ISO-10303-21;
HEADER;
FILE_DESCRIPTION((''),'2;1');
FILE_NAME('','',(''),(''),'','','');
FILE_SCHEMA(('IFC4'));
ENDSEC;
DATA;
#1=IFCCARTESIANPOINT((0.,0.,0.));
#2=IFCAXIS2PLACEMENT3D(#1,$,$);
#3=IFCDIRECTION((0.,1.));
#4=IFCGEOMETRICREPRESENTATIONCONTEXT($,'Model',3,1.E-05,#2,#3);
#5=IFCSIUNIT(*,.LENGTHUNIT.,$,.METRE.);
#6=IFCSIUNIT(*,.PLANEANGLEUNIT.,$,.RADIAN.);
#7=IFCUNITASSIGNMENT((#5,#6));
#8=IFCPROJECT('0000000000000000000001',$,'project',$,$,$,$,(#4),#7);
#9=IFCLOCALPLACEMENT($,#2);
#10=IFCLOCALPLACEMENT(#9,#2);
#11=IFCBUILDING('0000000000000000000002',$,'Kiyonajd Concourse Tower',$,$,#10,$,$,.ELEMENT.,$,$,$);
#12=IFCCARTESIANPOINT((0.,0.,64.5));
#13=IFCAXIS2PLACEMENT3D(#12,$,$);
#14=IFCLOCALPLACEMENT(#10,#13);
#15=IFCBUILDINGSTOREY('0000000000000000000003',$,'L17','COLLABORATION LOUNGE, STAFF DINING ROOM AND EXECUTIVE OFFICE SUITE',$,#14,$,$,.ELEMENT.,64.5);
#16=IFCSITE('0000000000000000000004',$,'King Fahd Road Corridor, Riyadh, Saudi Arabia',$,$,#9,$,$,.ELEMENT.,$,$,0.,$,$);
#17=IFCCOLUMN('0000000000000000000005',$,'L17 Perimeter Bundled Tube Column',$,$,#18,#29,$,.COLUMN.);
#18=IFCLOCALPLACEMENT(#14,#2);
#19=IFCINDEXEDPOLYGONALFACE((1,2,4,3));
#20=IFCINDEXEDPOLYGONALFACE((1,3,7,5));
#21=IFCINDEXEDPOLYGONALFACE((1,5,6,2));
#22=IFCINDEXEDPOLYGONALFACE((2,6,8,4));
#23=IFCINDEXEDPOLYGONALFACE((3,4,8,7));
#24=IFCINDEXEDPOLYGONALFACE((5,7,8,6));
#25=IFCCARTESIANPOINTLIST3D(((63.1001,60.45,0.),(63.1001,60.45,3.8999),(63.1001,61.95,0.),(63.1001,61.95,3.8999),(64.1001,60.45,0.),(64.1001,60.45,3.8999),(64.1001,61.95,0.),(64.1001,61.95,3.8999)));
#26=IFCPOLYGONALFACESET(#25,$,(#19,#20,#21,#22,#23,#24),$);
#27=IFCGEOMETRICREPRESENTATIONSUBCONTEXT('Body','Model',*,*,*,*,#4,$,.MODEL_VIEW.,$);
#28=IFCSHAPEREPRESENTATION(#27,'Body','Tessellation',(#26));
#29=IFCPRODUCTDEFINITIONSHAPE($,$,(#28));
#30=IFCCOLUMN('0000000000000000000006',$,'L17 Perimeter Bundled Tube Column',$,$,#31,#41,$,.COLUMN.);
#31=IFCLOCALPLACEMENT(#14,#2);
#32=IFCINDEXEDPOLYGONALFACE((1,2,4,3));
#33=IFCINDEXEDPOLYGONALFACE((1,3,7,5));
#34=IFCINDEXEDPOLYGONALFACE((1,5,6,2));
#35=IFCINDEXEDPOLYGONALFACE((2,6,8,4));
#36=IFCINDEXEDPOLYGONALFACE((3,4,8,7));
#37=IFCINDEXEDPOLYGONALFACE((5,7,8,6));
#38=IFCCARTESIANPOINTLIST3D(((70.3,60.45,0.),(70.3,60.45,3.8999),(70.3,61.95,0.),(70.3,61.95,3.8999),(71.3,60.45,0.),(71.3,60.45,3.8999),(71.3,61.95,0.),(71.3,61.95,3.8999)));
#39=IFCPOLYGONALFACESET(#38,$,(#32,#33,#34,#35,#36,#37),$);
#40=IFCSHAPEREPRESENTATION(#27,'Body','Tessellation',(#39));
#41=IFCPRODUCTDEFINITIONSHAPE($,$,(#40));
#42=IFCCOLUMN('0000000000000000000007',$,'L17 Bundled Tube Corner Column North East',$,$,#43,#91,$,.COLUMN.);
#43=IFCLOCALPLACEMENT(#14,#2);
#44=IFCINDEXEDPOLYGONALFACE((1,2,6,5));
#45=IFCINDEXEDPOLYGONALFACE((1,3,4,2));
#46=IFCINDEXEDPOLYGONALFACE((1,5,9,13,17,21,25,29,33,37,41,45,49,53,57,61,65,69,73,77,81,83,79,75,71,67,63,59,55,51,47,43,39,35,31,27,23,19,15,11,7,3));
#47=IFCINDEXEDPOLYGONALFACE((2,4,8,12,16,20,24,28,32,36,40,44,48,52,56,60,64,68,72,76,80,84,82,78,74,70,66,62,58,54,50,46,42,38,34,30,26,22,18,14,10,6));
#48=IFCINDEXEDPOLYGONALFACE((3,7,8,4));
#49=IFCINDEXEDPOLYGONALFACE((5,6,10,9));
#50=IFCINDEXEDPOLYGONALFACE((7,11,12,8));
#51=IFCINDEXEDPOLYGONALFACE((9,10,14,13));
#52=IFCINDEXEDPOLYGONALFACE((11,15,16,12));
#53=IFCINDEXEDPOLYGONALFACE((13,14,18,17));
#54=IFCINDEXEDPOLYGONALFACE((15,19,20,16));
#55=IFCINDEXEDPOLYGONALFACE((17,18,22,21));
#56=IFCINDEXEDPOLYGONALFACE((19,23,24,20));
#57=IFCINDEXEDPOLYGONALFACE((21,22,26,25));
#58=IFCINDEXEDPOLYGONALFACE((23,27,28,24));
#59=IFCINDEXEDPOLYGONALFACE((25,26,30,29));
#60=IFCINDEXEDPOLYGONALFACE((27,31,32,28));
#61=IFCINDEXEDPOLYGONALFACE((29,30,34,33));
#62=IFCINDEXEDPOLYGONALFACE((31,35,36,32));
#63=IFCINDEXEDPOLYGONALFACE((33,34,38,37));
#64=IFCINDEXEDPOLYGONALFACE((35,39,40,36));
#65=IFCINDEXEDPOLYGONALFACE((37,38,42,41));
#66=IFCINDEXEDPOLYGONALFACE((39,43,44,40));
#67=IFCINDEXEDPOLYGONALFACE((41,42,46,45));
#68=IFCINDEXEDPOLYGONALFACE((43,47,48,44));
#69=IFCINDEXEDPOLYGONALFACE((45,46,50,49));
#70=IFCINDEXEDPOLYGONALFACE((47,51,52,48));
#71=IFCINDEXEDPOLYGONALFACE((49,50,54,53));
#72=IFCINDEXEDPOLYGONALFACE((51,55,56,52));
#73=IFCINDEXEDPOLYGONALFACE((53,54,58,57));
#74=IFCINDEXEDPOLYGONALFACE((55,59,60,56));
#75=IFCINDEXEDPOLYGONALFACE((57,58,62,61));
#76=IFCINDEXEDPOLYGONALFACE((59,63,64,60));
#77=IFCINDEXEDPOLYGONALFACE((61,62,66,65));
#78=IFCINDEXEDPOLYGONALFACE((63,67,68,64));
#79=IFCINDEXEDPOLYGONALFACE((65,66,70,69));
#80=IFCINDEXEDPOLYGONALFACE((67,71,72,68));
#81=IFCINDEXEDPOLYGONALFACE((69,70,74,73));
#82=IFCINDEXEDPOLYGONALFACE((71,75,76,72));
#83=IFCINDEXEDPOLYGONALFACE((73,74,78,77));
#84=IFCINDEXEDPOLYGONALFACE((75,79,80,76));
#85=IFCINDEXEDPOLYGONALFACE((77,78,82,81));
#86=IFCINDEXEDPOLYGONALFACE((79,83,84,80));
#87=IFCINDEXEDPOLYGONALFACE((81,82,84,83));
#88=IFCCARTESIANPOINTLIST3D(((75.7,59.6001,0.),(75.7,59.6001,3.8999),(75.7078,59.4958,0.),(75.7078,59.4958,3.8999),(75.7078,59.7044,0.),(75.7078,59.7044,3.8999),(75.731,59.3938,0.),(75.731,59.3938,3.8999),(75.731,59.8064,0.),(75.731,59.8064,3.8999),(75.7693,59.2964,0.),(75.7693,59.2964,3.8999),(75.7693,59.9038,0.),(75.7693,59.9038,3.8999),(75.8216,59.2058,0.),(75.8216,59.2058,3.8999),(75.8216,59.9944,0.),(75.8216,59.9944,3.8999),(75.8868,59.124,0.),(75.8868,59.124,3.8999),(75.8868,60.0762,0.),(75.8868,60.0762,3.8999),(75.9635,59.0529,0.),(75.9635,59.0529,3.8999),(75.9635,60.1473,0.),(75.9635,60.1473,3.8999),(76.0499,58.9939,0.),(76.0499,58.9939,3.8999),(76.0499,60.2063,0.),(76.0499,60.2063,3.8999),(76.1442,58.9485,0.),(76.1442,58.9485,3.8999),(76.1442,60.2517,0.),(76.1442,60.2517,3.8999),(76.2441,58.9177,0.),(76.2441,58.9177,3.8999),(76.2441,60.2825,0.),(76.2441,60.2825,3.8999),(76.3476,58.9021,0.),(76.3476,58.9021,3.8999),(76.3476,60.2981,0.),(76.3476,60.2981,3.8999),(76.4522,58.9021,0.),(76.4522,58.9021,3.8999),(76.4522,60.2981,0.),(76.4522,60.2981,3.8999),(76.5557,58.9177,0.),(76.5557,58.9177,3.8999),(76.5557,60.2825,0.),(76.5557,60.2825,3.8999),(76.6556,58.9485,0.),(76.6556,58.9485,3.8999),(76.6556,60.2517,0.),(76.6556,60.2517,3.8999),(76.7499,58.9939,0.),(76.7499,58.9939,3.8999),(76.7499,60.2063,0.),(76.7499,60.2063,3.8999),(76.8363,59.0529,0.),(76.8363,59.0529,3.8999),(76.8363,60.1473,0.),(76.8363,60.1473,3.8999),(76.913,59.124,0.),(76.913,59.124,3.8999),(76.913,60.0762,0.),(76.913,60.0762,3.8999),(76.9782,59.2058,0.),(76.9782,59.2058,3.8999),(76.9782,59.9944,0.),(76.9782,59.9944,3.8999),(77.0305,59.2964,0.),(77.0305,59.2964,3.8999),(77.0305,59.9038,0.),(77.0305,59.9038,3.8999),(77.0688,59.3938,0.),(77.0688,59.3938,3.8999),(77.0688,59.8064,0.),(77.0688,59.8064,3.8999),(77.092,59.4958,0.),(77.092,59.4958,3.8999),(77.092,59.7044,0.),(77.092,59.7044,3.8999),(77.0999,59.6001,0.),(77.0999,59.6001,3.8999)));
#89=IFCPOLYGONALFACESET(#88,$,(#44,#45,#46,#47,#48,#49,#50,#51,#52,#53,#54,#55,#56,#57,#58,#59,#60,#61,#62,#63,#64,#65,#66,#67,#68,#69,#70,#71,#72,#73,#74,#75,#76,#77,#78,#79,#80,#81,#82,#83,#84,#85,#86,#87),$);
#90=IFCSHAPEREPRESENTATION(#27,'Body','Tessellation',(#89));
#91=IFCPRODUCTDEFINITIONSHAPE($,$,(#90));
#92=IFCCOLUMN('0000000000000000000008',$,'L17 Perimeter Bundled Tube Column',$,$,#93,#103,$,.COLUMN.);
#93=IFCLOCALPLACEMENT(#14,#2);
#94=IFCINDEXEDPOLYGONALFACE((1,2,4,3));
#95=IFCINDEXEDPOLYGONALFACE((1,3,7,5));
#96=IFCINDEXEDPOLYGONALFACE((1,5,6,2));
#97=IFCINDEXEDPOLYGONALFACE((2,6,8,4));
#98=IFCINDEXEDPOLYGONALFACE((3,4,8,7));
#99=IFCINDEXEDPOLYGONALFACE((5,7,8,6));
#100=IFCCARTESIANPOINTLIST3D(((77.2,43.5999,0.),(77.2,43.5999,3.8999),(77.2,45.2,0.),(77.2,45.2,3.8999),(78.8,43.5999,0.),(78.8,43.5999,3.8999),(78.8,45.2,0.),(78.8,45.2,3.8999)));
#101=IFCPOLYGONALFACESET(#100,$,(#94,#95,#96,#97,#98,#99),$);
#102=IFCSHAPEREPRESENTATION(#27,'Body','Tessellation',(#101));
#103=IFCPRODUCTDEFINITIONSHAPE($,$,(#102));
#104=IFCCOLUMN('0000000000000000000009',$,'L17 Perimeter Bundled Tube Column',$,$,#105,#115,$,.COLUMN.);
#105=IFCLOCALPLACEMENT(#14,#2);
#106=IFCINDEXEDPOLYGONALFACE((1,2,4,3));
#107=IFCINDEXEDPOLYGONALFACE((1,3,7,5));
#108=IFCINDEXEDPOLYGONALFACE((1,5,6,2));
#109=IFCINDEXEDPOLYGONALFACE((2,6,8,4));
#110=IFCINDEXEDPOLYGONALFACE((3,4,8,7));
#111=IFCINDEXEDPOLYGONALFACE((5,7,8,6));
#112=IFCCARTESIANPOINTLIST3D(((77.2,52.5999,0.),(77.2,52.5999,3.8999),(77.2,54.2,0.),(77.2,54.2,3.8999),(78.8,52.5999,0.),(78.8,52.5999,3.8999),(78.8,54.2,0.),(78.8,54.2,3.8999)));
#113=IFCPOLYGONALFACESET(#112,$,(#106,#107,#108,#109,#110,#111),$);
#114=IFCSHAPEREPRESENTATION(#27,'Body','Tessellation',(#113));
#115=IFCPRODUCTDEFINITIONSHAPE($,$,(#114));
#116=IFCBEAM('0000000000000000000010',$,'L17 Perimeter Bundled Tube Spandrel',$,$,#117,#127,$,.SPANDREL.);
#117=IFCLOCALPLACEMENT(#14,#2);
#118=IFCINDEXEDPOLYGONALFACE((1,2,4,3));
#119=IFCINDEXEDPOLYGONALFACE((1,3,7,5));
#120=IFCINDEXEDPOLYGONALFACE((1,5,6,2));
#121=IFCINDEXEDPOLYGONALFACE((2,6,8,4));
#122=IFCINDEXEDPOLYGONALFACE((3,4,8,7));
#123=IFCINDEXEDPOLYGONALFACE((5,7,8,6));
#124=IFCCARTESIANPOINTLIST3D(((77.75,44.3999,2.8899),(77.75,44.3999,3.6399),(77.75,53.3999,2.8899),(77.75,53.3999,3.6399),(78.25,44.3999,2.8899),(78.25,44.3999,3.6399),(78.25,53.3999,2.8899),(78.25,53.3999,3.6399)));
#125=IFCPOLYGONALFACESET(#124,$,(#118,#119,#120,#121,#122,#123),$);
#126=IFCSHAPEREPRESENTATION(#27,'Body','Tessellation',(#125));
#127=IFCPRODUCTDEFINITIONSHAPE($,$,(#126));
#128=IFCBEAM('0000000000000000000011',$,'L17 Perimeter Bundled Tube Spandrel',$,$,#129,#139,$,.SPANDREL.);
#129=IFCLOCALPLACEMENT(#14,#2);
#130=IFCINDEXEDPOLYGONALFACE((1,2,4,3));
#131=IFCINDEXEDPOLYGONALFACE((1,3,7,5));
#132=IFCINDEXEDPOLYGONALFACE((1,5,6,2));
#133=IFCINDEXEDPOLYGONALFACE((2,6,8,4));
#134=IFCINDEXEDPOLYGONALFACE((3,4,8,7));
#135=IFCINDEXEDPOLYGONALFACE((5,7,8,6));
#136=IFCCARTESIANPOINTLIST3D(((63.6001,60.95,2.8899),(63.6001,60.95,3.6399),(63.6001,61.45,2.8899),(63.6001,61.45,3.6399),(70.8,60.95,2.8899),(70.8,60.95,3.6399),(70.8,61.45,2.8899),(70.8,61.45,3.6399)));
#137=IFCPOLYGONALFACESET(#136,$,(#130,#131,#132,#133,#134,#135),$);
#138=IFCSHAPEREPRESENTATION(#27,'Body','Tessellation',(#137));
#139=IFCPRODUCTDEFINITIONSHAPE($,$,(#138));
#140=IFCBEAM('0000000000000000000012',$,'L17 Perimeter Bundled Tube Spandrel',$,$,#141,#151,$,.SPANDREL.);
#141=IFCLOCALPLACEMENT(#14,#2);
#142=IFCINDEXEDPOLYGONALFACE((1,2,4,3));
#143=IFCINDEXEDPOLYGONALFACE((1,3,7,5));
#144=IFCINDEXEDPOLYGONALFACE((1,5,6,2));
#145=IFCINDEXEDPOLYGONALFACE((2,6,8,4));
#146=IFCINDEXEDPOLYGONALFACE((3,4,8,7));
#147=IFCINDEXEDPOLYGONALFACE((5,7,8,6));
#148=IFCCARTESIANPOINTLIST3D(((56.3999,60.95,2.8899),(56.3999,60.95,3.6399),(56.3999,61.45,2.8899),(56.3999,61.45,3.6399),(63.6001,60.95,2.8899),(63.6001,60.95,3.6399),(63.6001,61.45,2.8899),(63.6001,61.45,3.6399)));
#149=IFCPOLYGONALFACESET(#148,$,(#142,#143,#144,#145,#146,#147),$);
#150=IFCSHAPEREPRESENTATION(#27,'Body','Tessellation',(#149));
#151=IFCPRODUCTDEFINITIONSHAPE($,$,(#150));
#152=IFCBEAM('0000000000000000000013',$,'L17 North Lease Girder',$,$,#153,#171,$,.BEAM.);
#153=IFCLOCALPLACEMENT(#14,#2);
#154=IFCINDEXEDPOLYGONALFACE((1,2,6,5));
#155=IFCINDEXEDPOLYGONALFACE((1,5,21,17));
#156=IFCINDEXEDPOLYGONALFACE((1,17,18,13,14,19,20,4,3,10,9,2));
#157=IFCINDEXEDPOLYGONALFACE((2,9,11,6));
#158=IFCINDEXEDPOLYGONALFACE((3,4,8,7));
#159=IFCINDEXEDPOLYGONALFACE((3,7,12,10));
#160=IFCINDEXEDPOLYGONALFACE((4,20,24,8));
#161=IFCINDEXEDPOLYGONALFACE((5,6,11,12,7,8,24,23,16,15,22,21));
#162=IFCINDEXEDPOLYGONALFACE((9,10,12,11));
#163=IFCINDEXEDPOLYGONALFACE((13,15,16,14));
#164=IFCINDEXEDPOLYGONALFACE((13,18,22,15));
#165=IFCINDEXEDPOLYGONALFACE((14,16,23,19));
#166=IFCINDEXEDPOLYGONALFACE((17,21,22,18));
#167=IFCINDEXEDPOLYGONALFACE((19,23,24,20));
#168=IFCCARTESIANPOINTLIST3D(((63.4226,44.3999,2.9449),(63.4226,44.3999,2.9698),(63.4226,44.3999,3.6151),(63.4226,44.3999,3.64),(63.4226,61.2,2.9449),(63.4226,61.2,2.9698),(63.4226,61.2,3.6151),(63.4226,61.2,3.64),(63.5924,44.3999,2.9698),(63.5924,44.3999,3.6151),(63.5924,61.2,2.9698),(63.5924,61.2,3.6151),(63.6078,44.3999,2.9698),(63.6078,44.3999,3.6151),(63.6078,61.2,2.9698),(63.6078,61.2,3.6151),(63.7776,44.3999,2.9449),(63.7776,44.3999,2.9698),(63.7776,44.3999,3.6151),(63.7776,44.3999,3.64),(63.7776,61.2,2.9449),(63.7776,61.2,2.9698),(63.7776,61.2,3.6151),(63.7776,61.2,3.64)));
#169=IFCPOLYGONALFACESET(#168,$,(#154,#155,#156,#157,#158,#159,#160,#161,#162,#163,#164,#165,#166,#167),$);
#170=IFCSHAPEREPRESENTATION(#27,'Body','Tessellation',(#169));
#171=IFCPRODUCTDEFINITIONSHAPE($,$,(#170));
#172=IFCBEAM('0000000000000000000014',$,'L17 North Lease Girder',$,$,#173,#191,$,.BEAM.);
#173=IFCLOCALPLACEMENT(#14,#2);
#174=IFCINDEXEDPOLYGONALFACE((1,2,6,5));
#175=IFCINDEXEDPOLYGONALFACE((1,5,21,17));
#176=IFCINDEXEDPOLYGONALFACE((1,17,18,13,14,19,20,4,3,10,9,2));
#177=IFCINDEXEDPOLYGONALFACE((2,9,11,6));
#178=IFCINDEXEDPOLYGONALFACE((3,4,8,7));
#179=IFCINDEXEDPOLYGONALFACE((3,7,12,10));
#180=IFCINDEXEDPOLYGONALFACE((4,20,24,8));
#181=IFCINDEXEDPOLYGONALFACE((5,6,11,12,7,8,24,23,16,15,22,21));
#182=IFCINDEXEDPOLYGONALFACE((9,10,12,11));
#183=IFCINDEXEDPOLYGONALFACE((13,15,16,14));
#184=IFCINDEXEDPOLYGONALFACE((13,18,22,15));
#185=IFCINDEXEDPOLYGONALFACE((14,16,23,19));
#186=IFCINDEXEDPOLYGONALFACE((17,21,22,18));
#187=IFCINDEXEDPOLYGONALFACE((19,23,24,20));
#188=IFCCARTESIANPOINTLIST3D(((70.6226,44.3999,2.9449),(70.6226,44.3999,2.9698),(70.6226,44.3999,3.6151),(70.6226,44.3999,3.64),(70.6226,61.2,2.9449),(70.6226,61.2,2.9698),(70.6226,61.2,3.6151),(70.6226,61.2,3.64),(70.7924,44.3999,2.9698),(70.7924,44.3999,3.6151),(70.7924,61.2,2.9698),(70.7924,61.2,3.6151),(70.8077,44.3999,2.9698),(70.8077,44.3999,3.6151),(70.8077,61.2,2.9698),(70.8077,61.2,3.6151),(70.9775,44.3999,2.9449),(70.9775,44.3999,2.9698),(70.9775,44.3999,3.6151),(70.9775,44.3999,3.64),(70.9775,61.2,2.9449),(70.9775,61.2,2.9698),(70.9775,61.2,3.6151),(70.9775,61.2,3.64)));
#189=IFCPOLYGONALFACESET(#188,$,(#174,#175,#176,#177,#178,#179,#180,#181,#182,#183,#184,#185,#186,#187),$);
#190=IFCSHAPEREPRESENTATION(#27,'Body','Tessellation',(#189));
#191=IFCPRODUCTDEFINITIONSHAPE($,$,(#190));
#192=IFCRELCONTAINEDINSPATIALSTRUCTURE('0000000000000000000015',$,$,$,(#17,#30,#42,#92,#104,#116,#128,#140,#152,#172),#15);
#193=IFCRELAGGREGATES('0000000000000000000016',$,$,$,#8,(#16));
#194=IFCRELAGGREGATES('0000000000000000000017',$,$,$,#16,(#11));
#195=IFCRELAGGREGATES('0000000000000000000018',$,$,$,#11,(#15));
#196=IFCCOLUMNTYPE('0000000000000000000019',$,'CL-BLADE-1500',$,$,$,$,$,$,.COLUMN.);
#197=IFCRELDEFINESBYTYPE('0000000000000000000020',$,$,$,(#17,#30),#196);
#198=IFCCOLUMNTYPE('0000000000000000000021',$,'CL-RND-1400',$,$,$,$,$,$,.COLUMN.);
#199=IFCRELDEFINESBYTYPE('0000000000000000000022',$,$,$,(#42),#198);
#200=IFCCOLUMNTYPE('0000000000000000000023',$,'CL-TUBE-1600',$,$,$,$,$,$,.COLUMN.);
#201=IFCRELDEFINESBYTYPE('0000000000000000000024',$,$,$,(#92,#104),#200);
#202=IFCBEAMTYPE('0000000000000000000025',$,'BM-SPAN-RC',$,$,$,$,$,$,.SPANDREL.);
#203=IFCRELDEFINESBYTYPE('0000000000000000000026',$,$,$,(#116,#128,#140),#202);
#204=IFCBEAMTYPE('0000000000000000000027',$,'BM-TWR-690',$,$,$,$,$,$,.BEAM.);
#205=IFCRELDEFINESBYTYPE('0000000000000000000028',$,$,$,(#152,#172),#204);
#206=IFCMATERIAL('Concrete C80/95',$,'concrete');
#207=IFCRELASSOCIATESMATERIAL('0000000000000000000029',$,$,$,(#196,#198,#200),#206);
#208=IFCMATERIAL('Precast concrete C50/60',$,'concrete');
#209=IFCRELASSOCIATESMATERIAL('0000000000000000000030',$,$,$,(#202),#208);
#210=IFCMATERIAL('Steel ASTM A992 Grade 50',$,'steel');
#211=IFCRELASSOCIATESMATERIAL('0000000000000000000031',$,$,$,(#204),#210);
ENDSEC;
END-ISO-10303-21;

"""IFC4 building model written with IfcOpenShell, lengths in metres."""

from ifc_helpers import new_model, si_unit, direction, frame, origin, origin_2d, place, context, subcontext, project, spatial, rectangle, circle, i_section, extrude, material, material_profile, profile_set, type_object, element, save


model = new_model("IFC4")

# Units and contexts
model_context = context("Model", 3, precision=1e-05, world=origin(), true_north=direction((0.0, 1.0)))
body_context = subcontext(model_context, "Body", "Model", "MODEL_VIEW")
ifc_project = project(units=[si_unit("LENGTHUNIT", "METRE"), si_unit("PLANEANGLEUNIT", "RADIAN")], contexts=[model_context])

# Site, building, storey
site_placement = place(None, origin())
site = spatial("IfcSite", under=ifc_project, at=site_placement, Name="King Fahd Road Corridor, Riyadh, Saudi Arabia", CompositionType="ELEMENT", RefElevation=0.0)
building_placement = place(site_placement, origin())
building = spatial("IfcBuilding", under=site, at=building_placement, Name="Kiyonajd Concourse Tower", CompositionType="ELEMENT")
storey_placement = place(building_placement, frame((0.0, 0.0, 64.5)))
storey = spatial("IfcBuildingStorey", under=building, at=storey_placement, Name="L17", Description="COLLABORATION LOUNGE, STAFF DINING ROOM AND EXECUTIVE OFFICE SUITE", CompositionType="ELEMENT", Elevation=64.5)

# Columns
ifc_material_1 = material(Name="Concrete C80/95", Category="concrete")
ifc_material_profile_1 = material_profile(ifc_material_1, rectangle(XDim=1.0, YDim=1.5, at=origin_2d()), Name="RC-1500x1000")
ifc_profile_set_1 = profile_set([ifc_material_profile_1], Name="Concrete C80/95")
column_type_1 = type_object("IfcColumnType", Name="CL-BLADE-1500", PredefinedType="COLUMN", material=ifc_profile_set_1)
for number, where, z_axis, x_axis, name in (
    (1, (63.6001, 61.2, 0.0), (0.0, 0.0, 1.0), (1.0, 0.0, 0.0), "L17 Perimeter Bundled Tube Column"),
    (2, (70.8, 61.2, 0.0), (0.0, 0.0, 1.0), (1.0, 0.0, 0.0), "L17 Perimeter Bundled Tube Column"),
):
    element("IfcColumn", number, at=place(storey_placement, frame(where, z_axis=z_axis, x_axis=x_axis)), inside=storey, type_object=column_type_1, Name=name, PredefinedType="COLUMN", context=body_context, shape_type="SweptSolid", body=[
        extrude(rectangle(XDim=1.0, YDim=1.5, at=origin_2d()), origin(), (0.0, 0.0, 1.0), 3.8999),
    ])
ifc_material_profile_2 = material_profile(ifc_material_1, circle(Radius=0.7, at=origin_2d()), Name="RCC-D1400")
ifc_profile_set_2 = profile_set([ifc_material_profile_2], Name="Concrete C80/95")
column_type_2 = type_object("IfcColumnType", Name="CL-RND-1400", PredefinedType="COLUMN", material=ifc_profile_set_2)
column_placement = place(storey_placement, frame((76.3999, 59.6001, 0.0), z_axis=(0.0, 0.0, 1.0), x_axis=(1.0, 0.0, 0.0)))
element("IfcColumn", 3, at=column_placement, inside=storey, type_object=column_type_2, Name="L17 Bundled Tube Corner Column North East", PredefinedType="COLUMN", context=body_context, shape_type="SweptSolid", body=[
    extrude(circle(Radius=0.7, at=origin_2d()), origin(), (0.0, 0.0, 1.0), 3.8999),
])
ifc_material_profile_3 = material_profile(ifc_material_1, rectangle(XDim=1.6001, YDim=1.6001, at=origin_2d()), Name="RC-1600x1600")
ifc_profile_set_3 = profile_set([ifc_material_profile_3], Name="Concrete C80/95")
column_type_3 = type_object("IfcColumnType", Name="CL-TUBE-1600", PredefinedType="COLUMN", material=ifc_profile_set_3)
for number, where, z_axis, x_axis, name in (
    (4, (78.0, 44.3999, 0.0), (0.0, 0.0, 1.0), (1.0, 0.0, 0.0), "L17 Perimeter Bundled Tube Column"),
    (5, (78.0, 53.3999, 0.0), (0.0, 0.0, 1.0), (1.0, 0.0, 0.0), "L17 Perimeter Bundled Tube Column"),
):
    element("IfcColumn", number, at=place(storey_placement, frame(where, z_axis=z_axis, x_axis=x_axis)), inside=storey, type_object=column_type_3, Name=name, PredefinedType="COLUMN", context=body_context, shape_type="SweptSolid", body=[
        extrude(rectangle(XDim=1.6001, YDim=1.6001, at=origin_2d()), origin(), (0.0, 0.0, 1.0), 3.8999),
    ])

# Beams
ifc_material_2 = material(Name="Precast concrete C50/60", Category="concrete")
ifc_material_profile_4 = material_profile(ifc_material_2, rectangle(XDim=0.5, YDim=0.75, at=origin_2d()), Name="RCBM-500x750")
ifc_profile_set_4 = profile_set([ifc_material_profile_4], Name="Precast concrete C50/60")
beam_type_1 = type_object("IfcBeamType", Name="BM-SPAN-RC", PredefinedType="SPANDREL", material=ifc_profile_set_4)
beam_1_placement = place(storey_placement, frame((78.0, 44.3999, 3.2649), z_axis=(0.0, 1.0, 0.0), x_axis=(-1.0, 0.0, 0.0)))
element("IfcBeam", 6, at=beam_1_placement, inside=storey, type_object=beam_type_1, Name="L17 Perimeter Bundled Tube Spandrel", PredefinedType="SPANDREL", context=body_context, shape_type="SweptSolid", body=[
    extrude(rectangle(XDim=0.5, YDim=0.75, at=origin_2d()), origin(), (0.0, 0.0, 1.0), 9.0),
])
beam_2_placement = place(storey_placement, frame((70.8, 61.2, 3.2649), z_axis=(-1.0, 0.0, 0.0), x_axis=(0.0, -1.0, 0.0)))
element("IfcBeam", 7, at=beam_2_placement, inside=storey, type_object=beam_type_1, Name="L17 Perimeter Bundled Tube Spandrel", PredefinedType="SPANDREL", context=body_context, shape_type="SweptSolid", body=[
    extrude(rectangle(XDim=0.5, YDim=0.75, at=origin_2d()), origin(), (0.0, 0.0, 1.0), 7.2),
])
beam_3_placement = place(storey_placement, frame((63.6001, 61.2, 3.2649), z_axis=(-1.0, 0.0, 0.0), x_axis=(0.0, -1.0, 0.0)))
element("IfcBeam", 8, at=beam_3_placement, inside=storey, type_object=beam_type_1, Name="L17 Perimeter Bundled Tube Spandrel", PredefinedType="SPANDREL", context=body_context, shape_type="SweptSolid", body=[
    extrude(rectangle(XDim=0.5, YDim=0.75, at=origin_2d()), origin(), (0.0, 0.0, 1.0), 7.2002),
])
ifc_material_3 = material(Name="Steel ASTM A992 Grade 50", Category="steel")
ifc_material_profile_5 = material_profile(ifc_material_3, i_section(OverallWidth=0.355, OverallDepth=0.6951, WebThickness=0.0154, FlangeThickness=0.0249, at=origin_2d()), Name="W690X217")
ifc_profile_set_5 = profile_set([ifc_material_profile_5], Name="Steel ASTM A992 Grade 50")
beam_type_2 = type_object("IfcBeamType", Name="BM-TWR-690", PredefinedType="BEAM", material=ifc_profile_set_5)
for number, where, z_axis, x_axis, name in (
    (9, (63.6001, 44.3999, 3.2925), (0.0, 1.0, 0.0), (-1.0, 0.0, 0.0), "L17 North Lease Girder"),
    (10, (70.8, 44.3999, 3.2925), (0.0, 1.0, 0.0), (-1.0, 0.0, 0.0), "L17 North Lease Girder"),
):
    element("IfcBeam", number, at=place(storey_placement, frame(where, z_axis=z_axis, x_axis=x_axis)), inside=storey, type_object=beam_type_2, Name=name, PredefinedType="BEAM", context=body_context, shape_type="SweptSolid", body=[
        extrude(i_section(OverallWidth=0.355, OverallDepth=0.6951, WebThickness=0.0154, FlangeThickness=0.0249, at=origin_2d()), origin(), (0.0, 0.0, 1.0), 16.8),
    ])

save(model, "model.ifc")
